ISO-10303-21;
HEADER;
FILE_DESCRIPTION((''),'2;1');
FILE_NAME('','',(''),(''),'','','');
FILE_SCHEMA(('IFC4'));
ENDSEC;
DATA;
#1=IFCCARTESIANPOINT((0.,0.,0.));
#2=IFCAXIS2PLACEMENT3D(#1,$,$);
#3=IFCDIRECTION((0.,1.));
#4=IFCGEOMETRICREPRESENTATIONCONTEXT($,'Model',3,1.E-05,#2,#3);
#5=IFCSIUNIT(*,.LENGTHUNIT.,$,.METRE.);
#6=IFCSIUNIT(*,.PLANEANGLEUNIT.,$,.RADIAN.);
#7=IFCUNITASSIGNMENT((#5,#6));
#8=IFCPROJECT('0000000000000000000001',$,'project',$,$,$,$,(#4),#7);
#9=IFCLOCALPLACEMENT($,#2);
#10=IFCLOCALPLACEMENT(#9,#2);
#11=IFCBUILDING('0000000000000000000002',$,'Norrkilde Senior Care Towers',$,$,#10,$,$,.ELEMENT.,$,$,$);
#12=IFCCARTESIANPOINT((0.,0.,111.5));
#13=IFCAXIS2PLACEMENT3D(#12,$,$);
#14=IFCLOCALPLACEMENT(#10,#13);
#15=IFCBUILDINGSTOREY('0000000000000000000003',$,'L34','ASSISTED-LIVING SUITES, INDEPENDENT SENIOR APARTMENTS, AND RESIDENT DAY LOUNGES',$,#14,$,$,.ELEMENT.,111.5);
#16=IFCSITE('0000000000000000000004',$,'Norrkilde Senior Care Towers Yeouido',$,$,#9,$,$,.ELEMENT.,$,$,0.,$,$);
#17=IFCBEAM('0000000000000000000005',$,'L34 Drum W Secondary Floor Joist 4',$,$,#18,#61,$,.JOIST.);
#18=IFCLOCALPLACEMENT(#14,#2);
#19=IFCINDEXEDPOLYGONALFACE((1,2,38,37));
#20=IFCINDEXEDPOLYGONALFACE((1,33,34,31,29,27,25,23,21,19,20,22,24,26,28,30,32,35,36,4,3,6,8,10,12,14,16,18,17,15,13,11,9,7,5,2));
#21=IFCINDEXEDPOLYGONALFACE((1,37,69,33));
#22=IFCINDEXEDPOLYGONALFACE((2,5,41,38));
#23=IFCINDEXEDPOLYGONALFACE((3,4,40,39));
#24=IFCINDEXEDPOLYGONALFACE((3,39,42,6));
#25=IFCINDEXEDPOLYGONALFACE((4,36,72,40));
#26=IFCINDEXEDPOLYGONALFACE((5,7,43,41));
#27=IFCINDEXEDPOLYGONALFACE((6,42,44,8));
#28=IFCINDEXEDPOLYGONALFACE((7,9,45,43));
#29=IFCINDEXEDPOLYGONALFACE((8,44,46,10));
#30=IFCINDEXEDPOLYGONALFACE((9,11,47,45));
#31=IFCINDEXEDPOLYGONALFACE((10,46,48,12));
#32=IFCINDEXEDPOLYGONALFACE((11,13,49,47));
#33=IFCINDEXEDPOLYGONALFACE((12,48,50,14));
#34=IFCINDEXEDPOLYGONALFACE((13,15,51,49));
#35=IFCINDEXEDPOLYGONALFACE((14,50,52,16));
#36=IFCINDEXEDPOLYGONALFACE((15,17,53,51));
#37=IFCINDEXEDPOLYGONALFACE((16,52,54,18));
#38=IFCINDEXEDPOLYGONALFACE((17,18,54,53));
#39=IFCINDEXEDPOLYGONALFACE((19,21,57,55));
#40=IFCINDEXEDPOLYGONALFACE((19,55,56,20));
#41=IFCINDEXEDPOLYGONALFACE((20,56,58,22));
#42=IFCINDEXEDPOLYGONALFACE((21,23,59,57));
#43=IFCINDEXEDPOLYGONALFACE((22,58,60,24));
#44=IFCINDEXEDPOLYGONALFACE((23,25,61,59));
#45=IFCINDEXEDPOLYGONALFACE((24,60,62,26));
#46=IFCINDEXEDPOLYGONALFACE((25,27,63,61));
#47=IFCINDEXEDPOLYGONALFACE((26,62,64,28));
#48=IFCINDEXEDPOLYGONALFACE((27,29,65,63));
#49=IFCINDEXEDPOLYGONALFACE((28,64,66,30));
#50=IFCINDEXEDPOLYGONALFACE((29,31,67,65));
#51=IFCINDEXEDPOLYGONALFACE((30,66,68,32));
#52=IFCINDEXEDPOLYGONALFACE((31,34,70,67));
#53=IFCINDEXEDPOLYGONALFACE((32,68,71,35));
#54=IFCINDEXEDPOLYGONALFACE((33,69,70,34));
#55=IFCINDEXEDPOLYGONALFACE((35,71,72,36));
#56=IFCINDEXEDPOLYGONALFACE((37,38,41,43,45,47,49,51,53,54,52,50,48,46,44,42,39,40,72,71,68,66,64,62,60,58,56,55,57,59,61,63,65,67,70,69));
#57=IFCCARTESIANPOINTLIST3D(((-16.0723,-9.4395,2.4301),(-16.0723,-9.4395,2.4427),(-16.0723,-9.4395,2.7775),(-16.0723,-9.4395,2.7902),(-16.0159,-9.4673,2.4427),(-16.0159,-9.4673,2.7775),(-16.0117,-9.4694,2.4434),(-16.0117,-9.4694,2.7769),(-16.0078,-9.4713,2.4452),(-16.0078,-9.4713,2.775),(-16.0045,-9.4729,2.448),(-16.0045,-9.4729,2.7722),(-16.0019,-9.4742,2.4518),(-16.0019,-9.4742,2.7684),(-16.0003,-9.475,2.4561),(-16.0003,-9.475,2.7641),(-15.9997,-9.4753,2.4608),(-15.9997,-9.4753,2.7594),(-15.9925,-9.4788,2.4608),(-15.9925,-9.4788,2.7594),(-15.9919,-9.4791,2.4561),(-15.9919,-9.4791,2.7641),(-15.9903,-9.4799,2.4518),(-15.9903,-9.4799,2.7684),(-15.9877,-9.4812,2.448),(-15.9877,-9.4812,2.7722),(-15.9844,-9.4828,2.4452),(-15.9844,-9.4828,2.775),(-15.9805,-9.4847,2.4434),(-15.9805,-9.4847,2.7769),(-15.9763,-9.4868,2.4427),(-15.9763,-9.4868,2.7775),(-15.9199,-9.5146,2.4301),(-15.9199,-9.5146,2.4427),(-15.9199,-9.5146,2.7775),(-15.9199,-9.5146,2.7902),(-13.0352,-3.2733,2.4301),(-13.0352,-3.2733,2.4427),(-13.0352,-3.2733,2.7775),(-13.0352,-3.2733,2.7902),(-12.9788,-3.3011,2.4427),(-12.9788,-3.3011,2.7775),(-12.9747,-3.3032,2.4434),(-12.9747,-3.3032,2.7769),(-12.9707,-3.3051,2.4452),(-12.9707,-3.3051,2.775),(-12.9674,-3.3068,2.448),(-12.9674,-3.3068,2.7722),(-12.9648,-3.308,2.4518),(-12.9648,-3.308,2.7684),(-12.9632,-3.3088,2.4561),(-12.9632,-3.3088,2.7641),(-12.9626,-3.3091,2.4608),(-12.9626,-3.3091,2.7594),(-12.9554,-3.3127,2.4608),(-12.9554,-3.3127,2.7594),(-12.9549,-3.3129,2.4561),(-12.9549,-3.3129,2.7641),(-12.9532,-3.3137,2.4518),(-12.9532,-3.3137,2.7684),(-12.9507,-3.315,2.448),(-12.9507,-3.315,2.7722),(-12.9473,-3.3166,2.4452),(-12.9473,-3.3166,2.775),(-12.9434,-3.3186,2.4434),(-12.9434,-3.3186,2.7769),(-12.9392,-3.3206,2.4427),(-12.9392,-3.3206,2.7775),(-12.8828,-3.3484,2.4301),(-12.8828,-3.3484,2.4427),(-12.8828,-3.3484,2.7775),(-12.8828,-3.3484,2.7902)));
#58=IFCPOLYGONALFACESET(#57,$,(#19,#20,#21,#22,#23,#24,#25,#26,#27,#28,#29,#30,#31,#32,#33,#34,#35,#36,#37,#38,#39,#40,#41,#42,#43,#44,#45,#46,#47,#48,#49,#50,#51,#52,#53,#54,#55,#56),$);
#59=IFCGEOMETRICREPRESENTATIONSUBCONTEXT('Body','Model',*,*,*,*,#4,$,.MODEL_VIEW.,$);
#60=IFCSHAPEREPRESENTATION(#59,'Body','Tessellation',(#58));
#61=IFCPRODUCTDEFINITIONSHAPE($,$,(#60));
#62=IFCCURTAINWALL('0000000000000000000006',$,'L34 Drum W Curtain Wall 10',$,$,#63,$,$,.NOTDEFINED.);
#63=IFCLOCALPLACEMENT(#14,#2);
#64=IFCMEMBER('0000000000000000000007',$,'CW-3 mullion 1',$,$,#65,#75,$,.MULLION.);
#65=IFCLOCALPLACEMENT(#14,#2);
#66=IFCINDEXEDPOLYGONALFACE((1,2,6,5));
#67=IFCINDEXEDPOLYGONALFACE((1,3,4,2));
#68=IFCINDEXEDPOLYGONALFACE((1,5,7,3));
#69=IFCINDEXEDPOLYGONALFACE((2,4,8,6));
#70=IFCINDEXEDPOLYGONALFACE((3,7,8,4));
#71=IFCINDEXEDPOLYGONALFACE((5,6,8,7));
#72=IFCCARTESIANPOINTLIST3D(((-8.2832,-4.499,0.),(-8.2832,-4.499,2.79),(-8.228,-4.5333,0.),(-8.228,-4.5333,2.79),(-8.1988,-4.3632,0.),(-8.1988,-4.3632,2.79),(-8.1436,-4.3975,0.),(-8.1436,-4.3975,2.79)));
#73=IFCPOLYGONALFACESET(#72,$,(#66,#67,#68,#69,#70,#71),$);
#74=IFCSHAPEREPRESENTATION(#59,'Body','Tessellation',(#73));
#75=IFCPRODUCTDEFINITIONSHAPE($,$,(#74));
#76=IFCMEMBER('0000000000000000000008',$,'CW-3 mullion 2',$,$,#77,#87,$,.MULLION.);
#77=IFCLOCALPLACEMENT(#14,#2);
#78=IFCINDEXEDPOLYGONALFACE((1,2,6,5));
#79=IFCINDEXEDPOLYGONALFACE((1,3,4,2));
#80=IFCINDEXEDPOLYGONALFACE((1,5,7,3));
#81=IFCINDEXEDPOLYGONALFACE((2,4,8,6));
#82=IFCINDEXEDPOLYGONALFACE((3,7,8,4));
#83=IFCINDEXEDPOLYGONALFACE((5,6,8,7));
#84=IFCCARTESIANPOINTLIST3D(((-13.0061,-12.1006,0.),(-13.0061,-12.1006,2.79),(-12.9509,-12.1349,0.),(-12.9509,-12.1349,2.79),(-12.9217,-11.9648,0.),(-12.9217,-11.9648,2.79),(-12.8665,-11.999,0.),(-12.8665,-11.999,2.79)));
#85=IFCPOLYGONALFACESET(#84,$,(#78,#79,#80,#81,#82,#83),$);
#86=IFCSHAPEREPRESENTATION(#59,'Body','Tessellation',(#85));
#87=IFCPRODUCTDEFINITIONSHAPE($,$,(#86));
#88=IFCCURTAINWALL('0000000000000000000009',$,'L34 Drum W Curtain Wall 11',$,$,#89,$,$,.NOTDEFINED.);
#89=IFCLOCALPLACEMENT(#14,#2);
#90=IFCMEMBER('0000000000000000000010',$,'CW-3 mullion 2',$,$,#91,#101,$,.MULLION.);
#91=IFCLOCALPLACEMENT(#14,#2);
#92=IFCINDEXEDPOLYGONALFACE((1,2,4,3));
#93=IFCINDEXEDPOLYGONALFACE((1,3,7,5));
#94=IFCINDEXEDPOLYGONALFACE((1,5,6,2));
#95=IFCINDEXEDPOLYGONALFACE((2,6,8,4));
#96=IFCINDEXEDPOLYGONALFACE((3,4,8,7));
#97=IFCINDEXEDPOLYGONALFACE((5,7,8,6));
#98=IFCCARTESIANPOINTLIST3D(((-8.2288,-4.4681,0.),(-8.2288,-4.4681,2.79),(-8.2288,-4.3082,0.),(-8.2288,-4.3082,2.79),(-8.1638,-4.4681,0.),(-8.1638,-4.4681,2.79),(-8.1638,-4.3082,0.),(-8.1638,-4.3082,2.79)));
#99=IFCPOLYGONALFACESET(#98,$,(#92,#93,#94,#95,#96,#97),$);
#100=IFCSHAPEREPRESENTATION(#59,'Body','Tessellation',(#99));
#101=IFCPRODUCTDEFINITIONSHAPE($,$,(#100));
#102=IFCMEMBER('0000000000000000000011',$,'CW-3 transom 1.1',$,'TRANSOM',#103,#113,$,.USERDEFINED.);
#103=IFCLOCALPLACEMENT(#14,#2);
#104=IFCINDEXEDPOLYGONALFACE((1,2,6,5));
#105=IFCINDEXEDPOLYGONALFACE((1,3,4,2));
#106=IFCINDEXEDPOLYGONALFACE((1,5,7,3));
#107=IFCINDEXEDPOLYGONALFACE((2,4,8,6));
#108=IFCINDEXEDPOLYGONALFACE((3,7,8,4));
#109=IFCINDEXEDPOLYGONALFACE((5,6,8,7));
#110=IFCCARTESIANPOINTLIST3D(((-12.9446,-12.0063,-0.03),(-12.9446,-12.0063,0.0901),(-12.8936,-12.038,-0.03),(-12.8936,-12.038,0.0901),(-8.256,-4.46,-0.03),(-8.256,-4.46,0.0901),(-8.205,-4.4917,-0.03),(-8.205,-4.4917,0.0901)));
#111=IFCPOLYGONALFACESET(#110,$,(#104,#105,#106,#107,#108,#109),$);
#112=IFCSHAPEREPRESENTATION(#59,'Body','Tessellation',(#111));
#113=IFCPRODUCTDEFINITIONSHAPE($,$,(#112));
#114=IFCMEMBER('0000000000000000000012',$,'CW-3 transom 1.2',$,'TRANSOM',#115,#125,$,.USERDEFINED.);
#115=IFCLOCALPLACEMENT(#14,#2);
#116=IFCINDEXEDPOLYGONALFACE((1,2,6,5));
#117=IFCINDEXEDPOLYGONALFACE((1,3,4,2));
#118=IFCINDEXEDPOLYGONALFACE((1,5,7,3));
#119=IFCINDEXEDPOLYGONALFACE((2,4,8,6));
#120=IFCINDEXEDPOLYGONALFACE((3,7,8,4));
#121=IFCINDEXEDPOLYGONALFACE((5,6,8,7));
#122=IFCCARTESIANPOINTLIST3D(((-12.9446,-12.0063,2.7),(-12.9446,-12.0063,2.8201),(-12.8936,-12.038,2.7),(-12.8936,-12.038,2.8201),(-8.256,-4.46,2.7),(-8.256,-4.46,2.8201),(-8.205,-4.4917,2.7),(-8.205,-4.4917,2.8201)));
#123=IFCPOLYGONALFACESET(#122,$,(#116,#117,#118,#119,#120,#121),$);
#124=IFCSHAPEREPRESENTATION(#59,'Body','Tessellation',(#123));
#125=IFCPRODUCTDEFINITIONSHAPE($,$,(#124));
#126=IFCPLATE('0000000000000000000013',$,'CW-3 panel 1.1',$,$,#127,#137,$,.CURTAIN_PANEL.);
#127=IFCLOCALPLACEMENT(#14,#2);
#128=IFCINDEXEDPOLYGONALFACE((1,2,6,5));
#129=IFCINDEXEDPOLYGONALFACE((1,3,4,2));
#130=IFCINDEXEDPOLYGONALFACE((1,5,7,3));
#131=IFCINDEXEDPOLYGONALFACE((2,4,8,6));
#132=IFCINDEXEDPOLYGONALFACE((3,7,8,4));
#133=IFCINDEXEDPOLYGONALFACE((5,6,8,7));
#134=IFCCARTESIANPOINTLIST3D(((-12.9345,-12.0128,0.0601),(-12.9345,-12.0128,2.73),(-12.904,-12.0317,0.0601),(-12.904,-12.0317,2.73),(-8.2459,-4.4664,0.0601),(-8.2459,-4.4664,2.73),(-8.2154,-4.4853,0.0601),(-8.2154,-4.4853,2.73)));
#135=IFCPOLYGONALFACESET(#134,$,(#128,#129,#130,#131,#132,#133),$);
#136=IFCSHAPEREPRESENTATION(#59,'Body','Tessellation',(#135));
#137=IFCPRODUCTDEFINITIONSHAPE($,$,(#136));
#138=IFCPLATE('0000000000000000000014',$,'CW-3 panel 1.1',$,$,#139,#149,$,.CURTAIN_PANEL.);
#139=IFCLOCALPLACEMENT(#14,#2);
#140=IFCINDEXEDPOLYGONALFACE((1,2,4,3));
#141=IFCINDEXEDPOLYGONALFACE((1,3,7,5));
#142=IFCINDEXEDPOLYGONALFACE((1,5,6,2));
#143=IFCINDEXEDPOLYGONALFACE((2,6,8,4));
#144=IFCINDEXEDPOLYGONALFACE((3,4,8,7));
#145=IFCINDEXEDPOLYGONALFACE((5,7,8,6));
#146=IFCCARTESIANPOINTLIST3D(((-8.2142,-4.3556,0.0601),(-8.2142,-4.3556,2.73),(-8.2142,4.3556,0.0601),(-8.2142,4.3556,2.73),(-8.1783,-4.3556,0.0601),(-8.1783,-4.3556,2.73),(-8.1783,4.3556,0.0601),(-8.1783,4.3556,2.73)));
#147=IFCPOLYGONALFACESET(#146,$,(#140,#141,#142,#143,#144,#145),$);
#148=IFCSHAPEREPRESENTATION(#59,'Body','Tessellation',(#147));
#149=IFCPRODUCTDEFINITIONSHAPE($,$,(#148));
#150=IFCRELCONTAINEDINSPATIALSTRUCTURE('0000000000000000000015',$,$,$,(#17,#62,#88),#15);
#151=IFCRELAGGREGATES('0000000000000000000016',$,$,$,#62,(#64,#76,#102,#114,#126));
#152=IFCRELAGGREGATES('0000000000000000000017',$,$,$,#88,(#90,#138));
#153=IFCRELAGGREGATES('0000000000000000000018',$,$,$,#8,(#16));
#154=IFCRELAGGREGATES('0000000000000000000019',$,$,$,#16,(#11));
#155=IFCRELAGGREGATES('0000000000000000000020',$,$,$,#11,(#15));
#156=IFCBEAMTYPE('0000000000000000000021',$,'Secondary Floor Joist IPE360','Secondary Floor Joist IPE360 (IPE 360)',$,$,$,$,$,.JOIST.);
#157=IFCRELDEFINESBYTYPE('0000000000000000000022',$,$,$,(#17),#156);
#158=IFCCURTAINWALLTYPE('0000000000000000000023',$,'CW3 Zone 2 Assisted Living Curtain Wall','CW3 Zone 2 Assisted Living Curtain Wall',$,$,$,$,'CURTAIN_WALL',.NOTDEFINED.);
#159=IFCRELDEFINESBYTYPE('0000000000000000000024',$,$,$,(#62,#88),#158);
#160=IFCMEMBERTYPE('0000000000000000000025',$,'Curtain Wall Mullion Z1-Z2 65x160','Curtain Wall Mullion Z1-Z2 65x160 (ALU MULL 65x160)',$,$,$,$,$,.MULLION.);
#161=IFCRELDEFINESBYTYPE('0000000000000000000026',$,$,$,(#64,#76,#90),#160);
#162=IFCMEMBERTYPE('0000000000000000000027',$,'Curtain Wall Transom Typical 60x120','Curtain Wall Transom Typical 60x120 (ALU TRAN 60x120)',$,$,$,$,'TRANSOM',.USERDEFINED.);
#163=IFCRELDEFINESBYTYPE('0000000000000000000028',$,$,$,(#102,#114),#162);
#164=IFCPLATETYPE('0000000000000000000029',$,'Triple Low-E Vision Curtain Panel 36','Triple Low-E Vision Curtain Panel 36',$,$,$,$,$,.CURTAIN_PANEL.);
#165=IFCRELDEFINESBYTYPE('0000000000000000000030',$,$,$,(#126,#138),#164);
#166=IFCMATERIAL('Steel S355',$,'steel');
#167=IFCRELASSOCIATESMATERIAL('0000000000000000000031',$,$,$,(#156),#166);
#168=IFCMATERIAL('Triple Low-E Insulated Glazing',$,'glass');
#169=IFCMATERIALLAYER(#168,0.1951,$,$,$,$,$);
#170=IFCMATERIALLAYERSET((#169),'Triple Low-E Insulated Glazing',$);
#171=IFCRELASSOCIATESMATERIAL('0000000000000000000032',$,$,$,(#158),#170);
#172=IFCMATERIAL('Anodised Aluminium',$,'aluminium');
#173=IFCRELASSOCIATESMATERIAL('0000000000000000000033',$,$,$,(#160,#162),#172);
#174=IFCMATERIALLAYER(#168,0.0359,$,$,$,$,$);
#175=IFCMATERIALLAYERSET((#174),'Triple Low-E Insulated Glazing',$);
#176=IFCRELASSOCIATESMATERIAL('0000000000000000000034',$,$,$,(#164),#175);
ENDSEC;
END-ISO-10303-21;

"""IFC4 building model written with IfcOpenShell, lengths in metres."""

from ifc_helpers import new_model, si_unit, direction, frame, origin, origin_2d, place, context, subcontext, project, spatial, rectangle, i_section, extrude, source, transform, mapped, material, layer, layer_set, material_profile, profile_set, type_object, type_shapes, element, aggregate, save


model = new_model("IFC4")

# Units and contexts
model_context = context("Model", 3, precision=1e-05, world=origin(), true_north=direction((0.0, 1.0)))
body_context = subcontext(model_context, "Body", "Model", "MODEL_VIEW")
ifc_project = project(units=[si_unit("LENGTHUNIT", "METRE"), si_unit("PLANEANGLEUNIT", "RADIAN")], contexts=[model_context])

# Site, building, storey
site_placement = place(None, origin())
site = spatial("IfcSite", under=ifc_project, at=site_placement, Name="Norrkilde Senior Care Towers Yeouido", CompositionType="ELEMENT", RefElevation=0.0)
building_placement = place(site_placement, origin())
building = spatial("IfcBuilding", under=site, at=building_placement, Name="Norrkilde Senior Care Towers", CompositionType="ELEMENT")
storey_placement = place(building_placement, frame((0.0, 0.0, 111.5)))
storey = spatial("IfcBuildingStorey", under=building, at=storey_placement, Name="L34", Description="ASSISTED-LIVING SUITES, INDEPENDENT SENIOR APARTMENTS, AND RESIDENT DAY LOUNGES", CompositionType="ELEMENT", Elevation=111.5)

# Beam
ifc_material_1 = material(Name="Steel S355", Category="steel")
ifc_material_profile_1 = material_profile(ifc_material_1, i_section(OverallWidth=0.1699, OverallDepth=0.3601, WebThickness=0.0081, FlangeThickness=0.0127, FilletRadius=0.0181, at=origin_2d()), Name="IPE 360")
ifc_profile_set_1 = profile_set([ifc_material_profile_1], Name="Steel S355")
beam_type_1 = type_object("IfcBeamType", Name="Secondary Floor Joist IPE360", Description="Secondary Floor Joist IPE360 (IPE 360)", PredefinedType="JOIST", material=ifc_profile_set_1)
shared_shape_1 = source(origin(), body_context, "Body", "SweptSolid", [
    extrude(i_section(OverallWidth=0.1699, OverallDepth=0.3601, WebThickness=0.0081, FlangeThickness=0.0127, FilletRadius=0.0181, at=origin_2d()), origin(), (0.0, 0.0, 1.0), 6.8735),
])
type_shapes(beam_type_1, [shared_shape_1])
beam_1_placement = place(storey_placement, frame((-15.9961, -9.4771, 2.6101), z_axis=(0.441849, 0.897089, 0.0), x_axis=(-0.897089, 0.441849, 0.0)))
element("IfcBeam", 1, at=beam_1_placement, inside=storey, type_object=beam_type_1, Name="L34 Drum W Secondary Floor Joist 4", PredefinedType="JOIST", context=body_context, shape_type="MappedRepresentation", body=[
    mapped(shared_shape_1, transform((0.0, 0.0, 0.0), x_axis=(1.0, 0.0, 0.0), y_axis=(0.0, 1.0, 0.0), z_axis=(0.0, 0.0, 1.0), scale=1.0)),
])

# Curtain wall, members
ifc_material_2 = material(Name="Triple Low-E Insulated Glazing", Category="glass")
ifc_layer_1 = layer(ifc_material_2, 0.1951)
ifc_layer_set_1 = layer_set([ifc_layer_1], Name="Triple Low-E Insulated Glazing")
curtain_wall_type = type_object("IfcCurtainWallType", Name="CW3 Zone 2 Assisted Living Curtain Wall", Description="CW3 Zone 2 Assisted Living Curtain Wall", ElementType="CURTAIN_WALL", PredefinedType="NOTDEFINED", material=ifc_layer_set_1)
curtain_wall_1_placement = place(storey_placement, origin())
curtain_wall_1 = element("IfcCurtainWall", 2, at=curtain_wall_1_placement, inside=storey, type_object=curtain_wall_type, Name="L34 Drum W Curtain Wall 10", PredefinedType="NOTDEFINED")
ifc_material_3 = material(Name="Anodised Aluminium", Category="aluminium")
ifc_material_profile_2 = material_profile(ifc_material_3, rectangle(XDim=0.0649, YDim=0.1599, at=origin_2d()), Name="ALU MULL 65x160")
ifc_profile_set_2 = profile_set([ifc_material_profile_2], Name="Anodised Aluminium")
member_type_1 = type_object("IfcMemberType", Name="Curtain Wall Mullion Z1-Z2 65x160", Description="Curtain Wall Mullion Z1-Z2 65x160 (ALU MULL 65x160)", PredefinedType="MULLION", material=ifc_profile_set_2)
shared_shape_2 = source(origin(), body_context, "Body", "SweptSolid", [
    extrude(rectangle(XDim=0.0649, YDim=0.1599, at=origin_2d()), origin(), (0.0, 0.0, 1.0), 2.79),
])
type_shapes(member_type_1, [shared_shape_2])
member_1_placement = place(storey_placement, frame((-8.2134, -4.4482, 0.0), z_axis=(0.0, 0.0, 1.0), x_axis=(0.84941, -0.527733, 0.0)))
member_1 = element("IfcMember", 3, at=member_1_placement, type_object=member_type_1, Name="CW-3 mullion 1", PredefinedType="MULLION", context=body_context, shape_type="MappedRepresentation", body=[
    mapped(shared_shape_2, transform((0.0, 0.0, 0.0), x_axis=(1.0, 0.0, 0.0), y_axis=(0.0, 1.0, 0.0), z_axis=(0.0, 0.0, 1.0), scale=1.0)),
])
member_2_placement = place(storey_placement, frame((-12.9363, -12.0498, 0.0), z_axis=(0.0, 0.0, 1.0), x_axis=(0.84941, -0.527733, 0.0)))
member_2 = element("IfcMember", 4, at=member_2_placement, type_object=member_type_1, Name="CW-3 mullion 2", PredefinedType="MULLION", context=body_context, shape_type="MappedRepresentation", body=[
    mapped(shared_shape_2, transform((0.0, 0.0, 0.0), x_axis=(1.0, 0.0, 0.0), y_axis=(0.0, 1.0, 0.0), z_axis=(0.0, 0.0, 1.0), scale=1.0)),
])

# Curtain wall, member
curtain_wall_2_placement = place(storey_placement, origin())
curtain_wall_2 = element("IfcCurtainWall", 5, at=curtain_wall_2_placement, inside=storey, type_object=curtain_wall_type, Name="L34 Drum W Curtain Wall 11", PredefinedType="NOTDEFINED")
member_3_placement = place(storey_placement, frame((-8.1963, -4.3882, 0.0), z_axis=(0.0, 0.0, 1.0), x_axis=(1.0, 0.0, 0.0)))
member_3 = element("IfcMember", 6, at=member_3_placement, type_object=member_type_1, Name="CW-3 mullion 2", PredefinedType="MULLION", context=body_context, shape_type="MappedRepresentation", body=[
    mapped(shared_shape_2, transform((0.0, 0.0, 0.0), x_axis=(1.0, 0.0, 0.0), y_axis=(0.0, 1.0, 0.0), z_axis=(0.0, 0.0, 1.0), scale=1.0)),
])

# Members
ifc_material_profile_3 = material_profile(ifc_material_3, rectangle(XDim=0.0601, YDim=0.1201, at=origin_2d()), Name="ALU TRAN 60x120")
ifc_profile_set_3 = profile_set([ifc_material_profile_3], Name="Anodised Aluminium")
member_type_2 = type_object("IfcMemberType", Name="Curtain Wall Transom Typical 60x120", Description="Curtain Wall Transom Typical 60x120 (ALU TRAN 60x120)", ElementType="TRANSOM", PredefinedType="USERDEFINED", material=ifc_profile_set_3)
shared_shape_3 = source(origin(), body_context, "Body", "SweptSolid", [
    extrude(rectangle(XDim=0.0601, YDim=0.1201, at=origin_2d()), origin(), (0.0, 0.0, 1.0), 8.8843),
])
type_shapes(member_type_2, [shared_shape_3])
member_4_placement = place(storey_placement, frame((-8.2305, -4.4758, 0.03), z_axis=(-0.527749, -0.8494, 0.0), x_axis=(0.8494, -0.527749, 0.0)))
member_4 = element("IfcMember", 7, at=member_4_placement, type_object=member_type_2, Name="CW-3 transom 1.1", ObjectType="TRANSOM", PredefinedType="USERDEFINED", context=body_context, shape_type="MappedRepresentation", body=[
    mapped(shared_shape_3, transform((0.0, 0.0, 0.0), x_axis=(1.0, 0.0, 0.0), y_axis=(0.0, 1.0, 0.0), z_axis=(0.0, 0.0, 1.0), scale=1.0)),
])
member_5_placement = place(storey_placement, frame((-8.2305, -4.4758, 2.76), z_axis=(-0.527749, -0.8494, 0.0), x_axis=(0.8494, -0.527749, 0.0)))
member_5 = element("IfcMember", 8, at=member_5_placement, type_object=member_type_2, Name="CW-3 transom 1.2", ObjectType="TRANSOM", PredefinedType="USERDEFINED", context=body_context, shape_type="MappedRepresentation", body=[
    mapped(shared_shape_3, transform((0.0, 0.0, 0.0), x_axis=(1.0, 0.0, 0.0), y_axis=(0.0, 1.0, 0.0), z_axis=(0.0, 0.0, 1.0), scale=1.0)),
])

# Plates
ifc_layer_2 = layer(ifc_material_2, 0.0359)
ifc_layer_set_2 = layer_set([ifc_layer_2], Name="Triple Low-E Insulated Glazing")
plate_type = type_object("IfcPlateType", Name="Triple Low-E Vision Curtain Panel 36", Description="Triple Low-E Vision Curtain Panel 36", PredefinedType="CURTAIN_PANEL", material=ifc_layer_set_2)
shared_shape_4 = source(origin(), body_context, "Body", "SweptSolid", [
    extrude(rectangle(XDim=8.8843, YDim=0.0359, at=origin_2d()), origin(), (0.0, 0.0, 1.0), 2.6699),
])
plate_1_placement = place(storey_placement, frame((-10.575, -8.249, 0.0601), z_axis=(0.0, 0.0, 1.0), x_axis=(-0.527733, -0.84941, 0.0)))
plate_1 = element("IfcPlate", 9, at=plate_1_placement, type_object=plate_type, Name="CW-3 panel 1.1", PredefinedType="CURTAIN_PANEL", context=body_context, shape_type="MappedRepresentation", body=[
    mapped(shared_shape_4, transform((0.0, 0.0, 0.0), x_axis=(1.0, 0.0, 0.0), y_axis=(0.0, 1.0, 0.0), z_axis=(0.0, 0.0, 1.0), scale=1.0)),
])
aggregate(curtain_wall_1, [member_1, member_2, member_4, member_5, plate_1])
shared_shape_5 = source(origin(), body_context, "Body", "SweptSolid", [
    extrude(rectangle(XDim=8.7112, YDim=0.0359, at=origin_2d()), origin(), (0.0, 0.0, 1.0), 2.6699),
])
type_shapes(plate_type, [shared_shape_4, shared_shape_5])
plate_2_placement = place(storey_placement, frame((-8.1963, 0.0, 0.0601), z_axis=(0.0, 0.0, 1.0), x_axis=(0.0, -1.0, 0.0)))
plate_2 = element("IfcPlate", 10, at=plate_2_placement, type_object=plate_type, Name="CW-3 panel 1.1", PredefinedType="CURTAIN_PANEL", context=body_context, shape_type="MappedRepresentation", body=[
    mapped(shared_shape_5, transform((0.0, 0.0, 0.0), x_axis=(1.0, 0.0, 0.0), y_axis=(0.0, 1.0, 0.0), z_axis=(0.0, 0.0, 1.0), scale=1.0)),
])
aggregate(curtain_wall_2, [member_3, plate_2])

save(model, "model.ifc")
